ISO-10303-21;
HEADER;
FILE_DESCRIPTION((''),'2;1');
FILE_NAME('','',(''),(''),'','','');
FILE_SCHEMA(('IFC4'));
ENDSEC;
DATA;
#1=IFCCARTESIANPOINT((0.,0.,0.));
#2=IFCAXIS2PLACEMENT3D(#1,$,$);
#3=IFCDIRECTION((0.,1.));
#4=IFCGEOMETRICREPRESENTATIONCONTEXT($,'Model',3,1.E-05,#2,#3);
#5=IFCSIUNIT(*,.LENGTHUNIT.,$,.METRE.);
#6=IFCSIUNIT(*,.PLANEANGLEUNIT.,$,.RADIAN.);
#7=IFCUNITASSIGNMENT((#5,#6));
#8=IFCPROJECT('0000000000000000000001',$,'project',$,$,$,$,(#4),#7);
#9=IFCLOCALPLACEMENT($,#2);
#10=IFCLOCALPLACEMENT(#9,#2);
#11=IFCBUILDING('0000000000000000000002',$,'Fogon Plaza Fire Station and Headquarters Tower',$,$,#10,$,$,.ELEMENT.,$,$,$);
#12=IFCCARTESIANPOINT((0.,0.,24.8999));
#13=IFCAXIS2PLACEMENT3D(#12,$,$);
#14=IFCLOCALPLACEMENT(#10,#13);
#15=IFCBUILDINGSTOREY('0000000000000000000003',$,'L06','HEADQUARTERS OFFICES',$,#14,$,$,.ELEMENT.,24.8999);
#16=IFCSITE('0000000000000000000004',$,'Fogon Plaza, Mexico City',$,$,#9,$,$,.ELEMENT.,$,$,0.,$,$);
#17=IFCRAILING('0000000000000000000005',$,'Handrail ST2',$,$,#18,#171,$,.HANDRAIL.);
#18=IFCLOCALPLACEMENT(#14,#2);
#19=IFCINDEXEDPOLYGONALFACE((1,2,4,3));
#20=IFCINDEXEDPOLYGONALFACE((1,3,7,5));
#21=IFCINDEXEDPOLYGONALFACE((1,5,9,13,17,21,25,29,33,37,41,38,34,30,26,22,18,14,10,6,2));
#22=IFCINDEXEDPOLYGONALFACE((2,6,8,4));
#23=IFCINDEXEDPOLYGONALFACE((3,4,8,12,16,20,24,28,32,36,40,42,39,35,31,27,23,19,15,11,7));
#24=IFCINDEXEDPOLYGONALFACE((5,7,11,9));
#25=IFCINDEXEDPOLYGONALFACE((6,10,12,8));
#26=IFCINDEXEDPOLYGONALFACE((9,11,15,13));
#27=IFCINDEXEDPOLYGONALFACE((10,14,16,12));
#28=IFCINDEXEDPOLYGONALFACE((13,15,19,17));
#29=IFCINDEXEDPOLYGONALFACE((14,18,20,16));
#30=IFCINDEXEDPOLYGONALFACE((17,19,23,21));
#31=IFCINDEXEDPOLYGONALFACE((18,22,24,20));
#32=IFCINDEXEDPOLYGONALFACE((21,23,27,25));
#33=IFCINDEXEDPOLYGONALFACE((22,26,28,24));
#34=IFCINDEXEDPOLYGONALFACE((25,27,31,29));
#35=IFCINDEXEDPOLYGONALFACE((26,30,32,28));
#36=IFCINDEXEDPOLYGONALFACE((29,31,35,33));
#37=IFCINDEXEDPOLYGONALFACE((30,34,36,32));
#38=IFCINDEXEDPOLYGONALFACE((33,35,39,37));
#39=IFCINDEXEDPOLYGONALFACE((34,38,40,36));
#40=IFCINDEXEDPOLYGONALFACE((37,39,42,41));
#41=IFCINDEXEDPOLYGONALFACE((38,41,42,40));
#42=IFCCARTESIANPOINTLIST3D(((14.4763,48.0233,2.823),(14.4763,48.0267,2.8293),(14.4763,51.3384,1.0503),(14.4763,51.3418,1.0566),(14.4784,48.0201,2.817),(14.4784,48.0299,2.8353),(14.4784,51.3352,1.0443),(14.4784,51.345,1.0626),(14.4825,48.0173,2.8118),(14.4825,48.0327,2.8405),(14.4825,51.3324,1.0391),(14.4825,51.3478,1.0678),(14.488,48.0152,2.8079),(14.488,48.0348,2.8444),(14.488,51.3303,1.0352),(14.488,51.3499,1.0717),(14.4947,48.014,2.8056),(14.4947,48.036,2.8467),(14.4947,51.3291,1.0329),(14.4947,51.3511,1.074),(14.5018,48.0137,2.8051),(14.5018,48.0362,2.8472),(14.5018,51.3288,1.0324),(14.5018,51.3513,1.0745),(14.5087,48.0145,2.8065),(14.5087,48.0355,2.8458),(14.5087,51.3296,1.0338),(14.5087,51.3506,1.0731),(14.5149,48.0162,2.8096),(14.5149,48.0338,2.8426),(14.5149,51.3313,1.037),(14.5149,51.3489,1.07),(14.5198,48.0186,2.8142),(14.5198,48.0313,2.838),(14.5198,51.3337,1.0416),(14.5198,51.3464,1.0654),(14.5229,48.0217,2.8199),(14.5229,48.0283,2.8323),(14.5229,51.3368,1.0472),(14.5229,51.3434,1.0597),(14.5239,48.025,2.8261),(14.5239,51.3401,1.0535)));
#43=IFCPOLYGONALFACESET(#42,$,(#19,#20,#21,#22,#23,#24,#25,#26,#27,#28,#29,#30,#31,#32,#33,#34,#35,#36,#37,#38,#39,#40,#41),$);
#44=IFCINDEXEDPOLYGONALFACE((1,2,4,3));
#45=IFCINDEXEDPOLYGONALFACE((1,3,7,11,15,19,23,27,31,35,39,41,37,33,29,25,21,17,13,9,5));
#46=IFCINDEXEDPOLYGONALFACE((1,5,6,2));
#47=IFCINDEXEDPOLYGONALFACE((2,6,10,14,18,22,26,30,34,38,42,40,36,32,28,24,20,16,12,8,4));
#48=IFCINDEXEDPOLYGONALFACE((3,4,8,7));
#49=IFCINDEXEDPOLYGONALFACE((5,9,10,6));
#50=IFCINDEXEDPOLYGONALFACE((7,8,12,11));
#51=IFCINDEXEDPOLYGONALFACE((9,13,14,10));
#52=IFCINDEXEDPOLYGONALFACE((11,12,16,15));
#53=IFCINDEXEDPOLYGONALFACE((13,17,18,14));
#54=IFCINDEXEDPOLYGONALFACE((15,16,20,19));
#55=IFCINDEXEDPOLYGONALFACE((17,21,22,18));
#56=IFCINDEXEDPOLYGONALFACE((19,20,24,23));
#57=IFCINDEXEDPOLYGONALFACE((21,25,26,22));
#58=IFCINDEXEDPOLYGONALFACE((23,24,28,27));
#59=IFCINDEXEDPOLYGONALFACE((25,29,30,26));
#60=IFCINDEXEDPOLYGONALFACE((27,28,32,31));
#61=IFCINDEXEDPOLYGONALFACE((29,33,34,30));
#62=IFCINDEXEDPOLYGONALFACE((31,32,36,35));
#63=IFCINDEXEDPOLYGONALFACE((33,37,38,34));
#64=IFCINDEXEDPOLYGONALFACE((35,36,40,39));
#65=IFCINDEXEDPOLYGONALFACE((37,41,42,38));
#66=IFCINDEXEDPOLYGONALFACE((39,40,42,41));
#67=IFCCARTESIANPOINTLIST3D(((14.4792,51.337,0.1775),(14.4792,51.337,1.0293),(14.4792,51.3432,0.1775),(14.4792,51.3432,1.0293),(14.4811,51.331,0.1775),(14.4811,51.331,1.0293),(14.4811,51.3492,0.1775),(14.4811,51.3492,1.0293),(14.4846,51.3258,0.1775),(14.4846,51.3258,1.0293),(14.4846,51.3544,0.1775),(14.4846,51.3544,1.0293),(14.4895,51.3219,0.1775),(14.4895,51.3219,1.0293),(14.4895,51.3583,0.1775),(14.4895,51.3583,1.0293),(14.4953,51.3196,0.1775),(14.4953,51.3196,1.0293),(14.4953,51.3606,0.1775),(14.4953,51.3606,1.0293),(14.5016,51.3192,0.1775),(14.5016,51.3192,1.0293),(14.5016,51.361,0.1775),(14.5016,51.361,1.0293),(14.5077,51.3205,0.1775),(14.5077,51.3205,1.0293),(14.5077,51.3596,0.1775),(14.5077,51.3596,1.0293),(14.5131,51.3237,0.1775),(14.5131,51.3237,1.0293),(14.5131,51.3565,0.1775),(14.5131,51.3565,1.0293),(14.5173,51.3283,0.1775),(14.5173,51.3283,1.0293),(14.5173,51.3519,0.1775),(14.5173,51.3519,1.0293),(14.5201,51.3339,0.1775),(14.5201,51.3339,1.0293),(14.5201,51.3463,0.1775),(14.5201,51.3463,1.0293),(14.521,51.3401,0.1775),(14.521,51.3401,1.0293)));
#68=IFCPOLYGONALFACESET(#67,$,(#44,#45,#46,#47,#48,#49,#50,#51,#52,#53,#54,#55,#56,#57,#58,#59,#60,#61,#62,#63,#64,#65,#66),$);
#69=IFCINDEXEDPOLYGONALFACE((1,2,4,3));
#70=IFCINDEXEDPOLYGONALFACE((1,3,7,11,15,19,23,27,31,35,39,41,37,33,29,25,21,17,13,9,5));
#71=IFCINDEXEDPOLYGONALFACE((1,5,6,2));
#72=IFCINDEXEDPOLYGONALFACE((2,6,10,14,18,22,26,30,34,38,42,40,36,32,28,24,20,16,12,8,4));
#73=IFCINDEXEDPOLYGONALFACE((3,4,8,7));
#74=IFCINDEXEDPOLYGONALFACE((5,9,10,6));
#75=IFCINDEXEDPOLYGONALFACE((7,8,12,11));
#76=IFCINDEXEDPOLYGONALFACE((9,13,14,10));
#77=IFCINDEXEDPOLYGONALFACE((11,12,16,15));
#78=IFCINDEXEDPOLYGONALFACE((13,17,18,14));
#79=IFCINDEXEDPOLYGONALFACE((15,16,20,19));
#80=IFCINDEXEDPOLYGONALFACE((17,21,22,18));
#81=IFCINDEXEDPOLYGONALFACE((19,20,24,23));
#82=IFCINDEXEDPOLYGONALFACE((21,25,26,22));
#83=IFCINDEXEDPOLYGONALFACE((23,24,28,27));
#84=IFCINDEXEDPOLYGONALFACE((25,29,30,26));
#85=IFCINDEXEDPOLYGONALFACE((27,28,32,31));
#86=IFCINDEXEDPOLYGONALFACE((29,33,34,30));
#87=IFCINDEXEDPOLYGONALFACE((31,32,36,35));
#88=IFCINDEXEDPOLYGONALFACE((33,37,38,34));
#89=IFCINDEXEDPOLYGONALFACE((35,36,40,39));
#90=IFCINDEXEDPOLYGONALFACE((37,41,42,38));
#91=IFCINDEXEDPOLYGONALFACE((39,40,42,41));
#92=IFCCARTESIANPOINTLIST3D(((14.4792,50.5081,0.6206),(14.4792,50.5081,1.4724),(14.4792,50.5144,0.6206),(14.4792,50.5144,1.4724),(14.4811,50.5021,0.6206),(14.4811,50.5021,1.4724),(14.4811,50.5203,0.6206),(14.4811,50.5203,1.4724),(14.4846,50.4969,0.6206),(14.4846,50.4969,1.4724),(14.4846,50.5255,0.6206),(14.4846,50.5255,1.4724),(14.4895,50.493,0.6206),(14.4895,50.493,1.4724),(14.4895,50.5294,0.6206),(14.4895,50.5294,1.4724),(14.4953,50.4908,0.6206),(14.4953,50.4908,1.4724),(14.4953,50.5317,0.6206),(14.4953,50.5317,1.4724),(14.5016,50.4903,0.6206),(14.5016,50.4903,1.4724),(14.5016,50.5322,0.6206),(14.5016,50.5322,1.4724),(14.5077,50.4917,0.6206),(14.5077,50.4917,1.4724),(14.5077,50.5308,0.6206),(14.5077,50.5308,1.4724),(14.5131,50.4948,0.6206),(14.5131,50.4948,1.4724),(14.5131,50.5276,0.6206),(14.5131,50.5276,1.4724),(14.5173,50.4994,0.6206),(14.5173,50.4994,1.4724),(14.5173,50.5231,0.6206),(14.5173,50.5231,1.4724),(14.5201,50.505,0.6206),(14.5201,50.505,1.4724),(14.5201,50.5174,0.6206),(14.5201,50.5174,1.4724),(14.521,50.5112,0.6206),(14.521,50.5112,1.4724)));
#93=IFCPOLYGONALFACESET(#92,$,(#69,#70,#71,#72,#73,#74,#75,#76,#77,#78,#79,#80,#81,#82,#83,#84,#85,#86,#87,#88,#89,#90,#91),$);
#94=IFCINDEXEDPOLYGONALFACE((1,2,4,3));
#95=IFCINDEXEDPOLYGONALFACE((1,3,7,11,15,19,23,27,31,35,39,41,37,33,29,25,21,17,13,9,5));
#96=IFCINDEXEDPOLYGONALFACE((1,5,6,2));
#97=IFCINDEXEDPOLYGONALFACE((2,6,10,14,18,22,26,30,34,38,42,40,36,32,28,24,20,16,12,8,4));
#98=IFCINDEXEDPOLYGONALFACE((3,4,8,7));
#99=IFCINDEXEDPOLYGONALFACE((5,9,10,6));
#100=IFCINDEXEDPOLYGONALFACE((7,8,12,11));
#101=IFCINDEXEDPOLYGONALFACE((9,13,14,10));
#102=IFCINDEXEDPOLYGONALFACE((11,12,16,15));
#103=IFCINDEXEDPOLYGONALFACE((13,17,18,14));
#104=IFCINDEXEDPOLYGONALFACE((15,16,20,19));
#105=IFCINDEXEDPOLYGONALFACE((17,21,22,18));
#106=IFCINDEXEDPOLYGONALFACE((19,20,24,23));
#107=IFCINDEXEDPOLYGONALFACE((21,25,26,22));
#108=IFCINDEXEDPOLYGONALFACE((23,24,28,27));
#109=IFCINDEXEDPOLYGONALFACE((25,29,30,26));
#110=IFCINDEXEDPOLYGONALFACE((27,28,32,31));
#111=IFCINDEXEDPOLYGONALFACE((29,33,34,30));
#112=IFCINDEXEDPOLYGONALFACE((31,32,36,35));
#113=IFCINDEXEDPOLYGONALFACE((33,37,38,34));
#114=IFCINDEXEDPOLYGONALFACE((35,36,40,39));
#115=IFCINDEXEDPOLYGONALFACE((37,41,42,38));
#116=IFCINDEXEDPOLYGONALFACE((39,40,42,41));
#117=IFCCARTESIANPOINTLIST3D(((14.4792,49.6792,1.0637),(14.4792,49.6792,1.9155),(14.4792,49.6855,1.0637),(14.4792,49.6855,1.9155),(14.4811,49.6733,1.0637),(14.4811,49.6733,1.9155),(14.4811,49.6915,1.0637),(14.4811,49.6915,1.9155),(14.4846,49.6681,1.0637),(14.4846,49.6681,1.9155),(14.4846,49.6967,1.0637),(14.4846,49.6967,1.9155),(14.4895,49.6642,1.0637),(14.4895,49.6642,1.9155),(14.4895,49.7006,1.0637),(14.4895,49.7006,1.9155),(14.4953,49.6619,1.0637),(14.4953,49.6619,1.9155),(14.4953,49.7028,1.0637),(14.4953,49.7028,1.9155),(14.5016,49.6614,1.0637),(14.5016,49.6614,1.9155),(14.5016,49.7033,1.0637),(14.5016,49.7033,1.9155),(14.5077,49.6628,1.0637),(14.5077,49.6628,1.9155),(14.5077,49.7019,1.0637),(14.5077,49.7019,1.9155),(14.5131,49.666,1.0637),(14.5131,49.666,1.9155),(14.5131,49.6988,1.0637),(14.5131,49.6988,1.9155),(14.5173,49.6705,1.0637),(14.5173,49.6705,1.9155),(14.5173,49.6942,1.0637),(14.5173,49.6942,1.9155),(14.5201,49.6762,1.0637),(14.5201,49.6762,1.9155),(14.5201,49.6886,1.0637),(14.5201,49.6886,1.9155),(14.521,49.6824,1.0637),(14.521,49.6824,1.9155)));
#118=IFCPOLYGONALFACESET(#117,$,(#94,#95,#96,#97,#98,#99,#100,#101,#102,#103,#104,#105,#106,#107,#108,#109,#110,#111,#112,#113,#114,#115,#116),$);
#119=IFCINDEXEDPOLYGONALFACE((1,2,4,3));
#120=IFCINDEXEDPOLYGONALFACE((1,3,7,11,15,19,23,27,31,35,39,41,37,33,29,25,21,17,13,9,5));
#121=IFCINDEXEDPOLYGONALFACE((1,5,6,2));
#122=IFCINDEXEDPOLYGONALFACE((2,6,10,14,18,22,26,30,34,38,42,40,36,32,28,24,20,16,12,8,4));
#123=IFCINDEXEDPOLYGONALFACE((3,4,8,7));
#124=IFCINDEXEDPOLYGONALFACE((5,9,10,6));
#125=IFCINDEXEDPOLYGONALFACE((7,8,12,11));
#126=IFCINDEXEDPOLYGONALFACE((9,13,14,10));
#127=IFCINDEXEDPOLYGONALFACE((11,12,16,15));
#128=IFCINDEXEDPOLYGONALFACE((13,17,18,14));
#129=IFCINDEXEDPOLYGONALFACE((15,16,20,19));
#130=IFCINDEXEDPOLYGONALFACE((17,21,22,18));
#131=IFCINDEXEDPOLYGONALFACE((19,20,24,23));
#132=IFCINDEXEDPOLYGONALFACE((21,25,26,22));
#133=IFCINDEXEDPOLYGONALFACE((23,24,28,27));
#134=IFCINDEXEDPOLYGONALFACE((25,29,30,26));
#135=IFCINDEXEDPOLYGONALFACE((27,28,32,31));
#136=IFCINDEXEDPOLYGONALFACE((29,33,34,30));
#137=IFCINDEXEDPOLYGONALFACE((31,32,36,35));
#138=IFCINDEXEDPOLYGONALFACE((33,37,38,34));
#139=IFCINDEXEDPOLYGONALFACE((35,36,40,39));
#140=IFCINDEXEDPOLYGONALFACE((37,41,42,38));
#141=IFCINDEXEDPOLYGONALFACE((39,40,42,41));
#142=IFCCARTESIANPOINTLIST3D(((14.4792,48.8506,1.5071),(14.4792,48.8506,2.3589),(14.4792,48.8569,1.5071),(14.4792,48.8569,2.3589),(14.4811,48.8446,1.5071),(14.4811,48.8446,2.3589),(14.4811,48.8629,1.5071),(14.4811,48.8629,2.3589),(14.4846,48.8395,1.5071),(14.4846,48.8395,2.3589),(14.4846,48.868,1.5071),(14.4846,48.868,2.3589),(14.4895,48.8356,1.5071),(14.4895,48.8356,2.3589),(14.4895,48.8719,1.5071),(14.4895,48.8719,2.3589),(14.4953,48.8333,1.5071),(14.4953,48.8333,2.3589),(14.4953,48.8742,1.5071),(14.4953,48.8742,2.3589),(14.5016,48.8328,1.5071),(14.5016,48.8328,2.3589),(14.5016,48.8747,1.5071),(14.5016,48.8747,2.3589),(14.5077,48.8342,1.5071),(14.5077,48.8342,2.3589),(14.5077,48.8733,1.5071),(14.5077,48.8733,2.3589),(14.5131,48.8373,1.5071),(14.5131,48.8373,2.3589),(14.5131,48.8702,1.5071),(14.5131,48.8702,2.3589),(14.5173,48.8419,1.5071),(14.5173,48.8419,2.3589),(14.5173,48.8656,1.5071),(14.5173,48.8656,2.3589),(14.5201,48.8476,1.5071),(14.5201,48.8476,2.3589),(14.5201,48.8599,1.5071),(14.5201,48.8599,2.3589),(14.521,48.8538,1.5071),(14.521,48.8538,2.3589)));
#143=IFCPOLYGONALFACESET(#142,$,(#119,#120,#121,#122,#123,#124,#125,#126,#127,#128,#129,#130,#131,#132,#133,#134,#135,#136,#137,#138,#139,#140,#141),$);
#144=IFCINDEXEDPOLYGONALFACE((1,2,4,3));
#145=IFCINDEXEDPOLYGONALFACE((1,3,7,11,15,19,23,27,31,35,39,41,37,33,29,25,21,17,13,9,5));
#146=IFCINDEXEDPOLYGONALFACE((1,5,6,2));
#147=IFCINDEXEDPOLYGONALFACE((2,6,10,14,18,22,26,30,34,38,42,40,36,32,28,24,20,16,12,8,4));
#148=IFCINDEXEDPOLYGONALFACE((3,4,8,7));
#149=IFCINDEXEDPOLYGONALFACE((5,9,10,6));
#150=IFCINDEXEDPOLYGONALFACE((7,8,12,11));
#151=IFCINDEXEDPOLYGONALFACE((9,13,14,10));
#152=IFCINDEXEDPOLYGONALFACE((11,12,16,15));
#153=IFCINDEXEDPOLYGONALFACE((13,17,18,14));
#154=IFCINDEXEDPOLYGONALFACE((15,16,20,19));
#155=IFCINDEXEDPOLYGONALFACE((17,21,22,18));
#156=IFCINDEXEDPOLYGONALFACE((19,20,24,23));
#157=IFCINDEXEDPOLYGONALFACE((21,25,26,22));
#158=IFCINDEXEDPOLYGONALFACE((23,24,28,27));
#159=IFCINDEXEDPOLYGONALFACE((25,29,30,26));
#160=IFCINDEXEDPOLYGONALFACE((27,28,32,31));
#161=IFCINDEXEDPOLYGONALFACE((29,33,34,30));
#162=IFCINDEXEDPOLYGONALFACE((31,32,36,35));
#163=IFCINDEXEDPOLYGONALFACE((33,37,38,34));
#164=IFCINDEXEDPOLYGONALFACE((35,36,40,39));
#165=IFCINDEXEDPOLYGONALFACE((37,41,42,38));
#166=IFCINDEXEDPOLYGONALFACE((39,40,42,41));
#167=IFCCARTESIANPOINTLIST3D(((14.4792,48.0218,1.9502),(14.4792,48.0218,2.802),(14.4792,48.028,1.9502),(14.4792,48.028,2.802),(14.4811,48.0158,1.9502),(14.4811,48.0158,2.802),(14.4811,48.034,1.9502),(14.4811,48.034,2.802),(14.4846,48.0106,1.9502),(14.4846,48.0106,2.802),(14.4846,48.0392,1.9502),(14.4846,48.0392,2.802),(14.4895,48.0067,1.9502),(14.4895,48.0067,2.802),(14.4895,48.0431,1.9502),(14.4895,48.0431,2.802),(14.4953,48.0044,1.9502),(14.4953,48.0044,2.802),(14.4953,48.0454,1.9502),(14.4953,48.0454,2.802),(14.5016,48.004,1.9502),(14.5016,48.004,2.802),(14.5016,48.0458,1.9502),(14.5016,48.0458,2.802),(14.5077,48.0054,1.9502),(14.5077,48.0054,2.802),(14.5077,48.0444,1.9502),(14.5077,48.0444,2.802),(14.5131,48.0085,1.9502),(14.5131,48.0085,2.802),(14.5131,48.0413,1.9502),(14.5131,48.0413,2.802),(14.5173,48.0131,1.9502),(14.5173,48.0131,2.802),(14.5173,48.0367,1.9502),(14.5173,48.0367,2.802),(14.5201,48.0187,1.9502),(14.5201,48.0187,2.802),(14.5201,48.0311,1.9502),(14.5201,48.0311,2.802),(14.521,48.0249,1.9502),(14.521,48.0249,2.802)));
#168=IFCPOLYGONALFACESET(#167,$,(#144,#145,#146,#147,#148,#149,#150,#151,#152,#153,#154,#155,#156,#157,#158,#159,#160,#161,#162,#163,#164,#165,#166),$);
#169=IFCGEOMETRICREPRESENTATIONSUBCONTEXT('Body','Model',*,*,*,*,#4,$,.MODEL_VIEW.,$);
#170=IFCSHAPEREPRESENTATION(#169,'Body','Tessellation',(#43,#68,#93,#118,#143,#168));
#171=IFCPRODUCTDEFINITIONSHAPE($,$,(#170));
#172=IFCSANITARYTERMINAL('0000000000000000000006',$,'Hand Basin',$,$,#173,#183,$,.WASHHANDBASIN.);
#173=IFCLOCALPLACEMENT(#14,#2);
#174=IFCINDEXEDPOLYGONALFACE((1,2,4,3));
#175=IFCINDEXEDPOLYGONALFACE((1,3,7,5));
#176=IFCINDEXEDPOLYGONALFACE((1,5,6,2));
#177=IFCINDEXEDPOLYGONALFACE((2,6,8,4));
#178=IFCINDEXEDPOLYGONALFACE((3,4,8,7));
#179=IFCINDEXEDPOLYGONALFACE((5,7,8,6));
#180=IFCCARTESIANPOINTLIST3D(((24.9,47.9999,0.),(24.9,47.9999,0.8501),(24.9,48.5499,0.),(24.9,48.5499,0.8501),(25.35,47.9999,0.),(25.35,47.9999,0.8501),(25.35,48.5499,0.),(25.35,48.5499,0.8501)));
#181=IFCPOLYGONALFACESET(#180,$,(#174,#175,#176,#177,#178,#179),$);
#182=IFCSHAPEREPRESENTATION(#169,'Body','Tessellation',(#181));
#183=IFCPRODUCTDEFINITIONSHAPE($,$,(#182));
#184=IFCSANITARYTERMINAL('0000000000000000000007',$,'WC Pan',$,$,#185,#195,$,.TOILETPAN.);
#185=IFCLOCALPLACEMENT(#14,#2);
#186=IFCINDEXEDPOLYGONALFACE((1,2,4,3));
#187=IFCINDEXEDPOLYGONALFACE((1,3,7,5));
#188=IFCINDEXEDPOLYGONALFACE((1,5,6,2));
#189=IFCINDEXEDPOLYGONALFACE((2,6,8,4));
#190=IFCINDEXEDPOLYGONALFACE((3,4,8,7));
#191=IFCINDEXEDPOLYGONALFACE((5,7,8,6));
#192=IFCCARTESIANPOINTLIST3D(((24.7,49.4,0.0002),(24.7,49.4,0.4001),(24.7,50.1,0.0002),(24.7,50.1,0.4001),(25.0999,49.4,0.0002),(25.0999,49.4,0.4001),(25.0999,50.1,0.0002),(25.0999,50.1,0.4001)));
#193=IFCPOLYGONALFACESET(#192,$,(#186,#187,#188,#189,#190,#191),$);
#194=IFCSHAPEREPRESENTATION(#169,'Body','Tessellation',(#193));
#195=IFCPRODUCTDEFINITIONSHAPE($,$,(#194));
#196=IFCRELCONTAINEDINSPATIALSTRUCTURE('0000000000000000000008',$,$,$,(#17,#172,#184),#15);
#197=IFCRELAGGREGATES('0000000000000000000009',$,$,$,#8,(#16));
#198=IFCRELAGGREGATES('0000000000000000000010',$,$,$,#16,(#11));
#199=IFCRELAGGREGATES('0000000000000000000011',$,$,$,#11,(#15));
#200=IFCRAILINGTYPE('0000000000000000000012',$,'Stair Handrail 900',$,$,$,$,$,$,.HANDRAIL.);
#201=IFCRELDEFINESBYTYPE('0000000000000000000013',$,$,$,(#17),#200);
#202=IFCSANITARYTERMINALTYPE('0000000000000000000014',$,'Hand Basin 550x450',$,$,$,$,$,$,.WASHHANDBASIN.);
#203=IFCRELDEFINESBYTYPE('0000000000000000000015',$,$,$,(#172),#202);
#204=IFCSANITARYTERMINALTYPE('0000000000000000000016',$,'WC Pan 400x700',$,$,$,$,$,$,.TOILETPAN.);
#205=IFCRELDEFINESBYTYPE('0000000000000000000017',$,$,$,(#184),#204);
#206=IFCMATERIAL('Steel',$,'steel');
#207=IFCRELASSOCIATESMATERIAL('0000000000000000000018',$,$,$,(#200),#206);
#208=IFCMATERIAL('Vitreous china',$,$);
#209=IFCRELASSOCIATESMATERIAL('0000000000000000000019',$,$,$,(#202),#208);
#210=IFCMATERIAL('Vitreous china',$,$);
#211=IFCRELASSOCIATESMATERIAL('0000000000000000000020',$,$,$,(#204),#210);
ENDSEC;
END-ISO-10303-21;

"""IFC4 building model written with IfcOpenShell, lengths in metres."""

from ifc_helpers import new_model, si_unit, direction, frame, origin, origin_2d, place, context, subcontext, project, spatial, rectangle, circle, extrude, material, type_object, element, save


model = new_model("IFC4")

# Units and contexts
model_context = context("Model", 3, precision=1e-05, world=origin(), true_north=direction((0.0, 1.0)))
body_context = subcontext(model_context, "Body", "Model", "MODEL_VIEW")
ifc_project = project(units=[si_unit("LENGTHUNIT", "METRE"), si_unit("PLANEANGLEUNIT", "RADIAN")], contexts=[model_context])

# Site, building, storey
site_placement = place(None, origin())
site = spatial("IfcSite", under=ifc_project, at=site_placement, Name="Fogon Plaza, Mexico City", CompositionType="ELEMENT", RefElevation=0.0)
building_placement = place(site_placement, origin())
building = spatial("IfcBuilding", under=site, at=building_placement, Name="Fogon Plaza Fire Station and Headquarters Tower", CompositionType="ELEMENT")
storey_placement = place(building_placement, frame((0.0, 0.0, 24.8999)))
storey = spatial("IfcBuildingStorey", under=building, at=storey_placement, Name="L06", Description="HEADQUARTERS OFFICES", CompositionType="ELEMENT", Elevation=24.8999)

# Railing
ifc_material_1 = material(Name="Steel", Category="steel")
railing_type = type_object("IfcRailingType", Name="Stair Handrail 900", PredefinedType="HANDRAIL", material=ifc_material_1)
for number, where, name in (
    (1, (14.5, 51.3401, 0.1775), "Handrail ST2"),
):
    element("IfcRailing", number, at=place(storey_placement, frame(where)), inside=storey, type_object=railing_type, Name=name, PredefinedType="HANDRAIL", context=body_context, shape_type="SweptSolid", body=[
        extrude(circle(Radius=0.0239, at=origin_2d()), frame((0.0, 0.0, 0.876), z_axis=(0.0, -0.881844, 0.471542), x_axis=(1.0, 0.0, 0.0)), (0.0, 0.0, 1.0), 3.7593),
        extrude(circle(Radius=0.021, at=origin_2d()), origin(), (0.0, 0.0, 1.0), 0.8518),
        extrude(circle(Radius=0.021, at=origin_2d()), frame((0.0, -0.8289, 0.4431)), (0.0, 0.0, 1.0), 0.8518),
        extrude(circle(Radius=0.021, at=origin_2d()), frame((0.0, -1.6577, 0.8862)), (0.0, 0.0, 1.0), 0.8518),
        extrude(circle(Radius=0.021, at=origin_2d()), frame((0.0, -2.4863, 1.3296)), (0.0, 0.0, 1.0), 0.8518),
        extrude(circle(Radius=0.021, at=origin_2d()), frame((0.0, -3.3152, 1.7727)), (0.0, 0.0, 1.0), 0.8518),
    ])

# Sanitary terminals
ifc_material_2 = material(Name="Vitreous china")
sanitary_terminal_type_1 = type_object("IfcSanitaryTerminalType", Name="Hand Basin 550x450", PredefinedType="WASHHANDBASIN", material=ifc_material_2)
sanitary_terminal_1_placement = place(storey_placement, frame((25.125, 48.2749, 0.0), z_axis=(0.0, 0.0, 1.0), x_axis=(1.0, 0.0, 0.0)))
element("IfcSanitaryTerminal", 2, at=sanitary_terminal_1_placement, inside=storey, type_object=sanitary_terminal_type_1, Name="Hand Basin", PredefinedType="WASHHANDBASIN", context=body_context, shape_type="SweptSolid", body=[
    extrude(rectangle(XDim=0.45, YDim=0.55, at=origin_2d()), origin(), (0.0, 0.0, 1.0), 0.8501),
])
ifc_material_3 = material(Name="Vitreous china")
sanitary_terminal_type_2 = type_object("IfcSanitaryTerminalType", Name="WC Pan 400x700", PredefinedType="TOILETPAN", material=ifc_material_3)
sanitary_terminal_2_placement = place(storey_placement, frame((24.8999, 49.75, 0.0002), z_axis=(0.0, 0.0, 1.0), x_axis=(1.0, 0.0, 0.0)))
element("IfcSanitaryTerminal", 3, at=sanitary_terminal_2_placement, inside=storey, type_object=sanitary_terminal_type_2, Name="WC Pan", PredefinedType="TOILETPAN", context=body_context, shape_type="SweptSolid", body=[
    extrude(rectangle(XDim=0.3999, YDim=0.7, at=origin_2d()), origin(), (0.0, 0.0, 1.0), 0.3999),
])

save(model, "model.ifc")
